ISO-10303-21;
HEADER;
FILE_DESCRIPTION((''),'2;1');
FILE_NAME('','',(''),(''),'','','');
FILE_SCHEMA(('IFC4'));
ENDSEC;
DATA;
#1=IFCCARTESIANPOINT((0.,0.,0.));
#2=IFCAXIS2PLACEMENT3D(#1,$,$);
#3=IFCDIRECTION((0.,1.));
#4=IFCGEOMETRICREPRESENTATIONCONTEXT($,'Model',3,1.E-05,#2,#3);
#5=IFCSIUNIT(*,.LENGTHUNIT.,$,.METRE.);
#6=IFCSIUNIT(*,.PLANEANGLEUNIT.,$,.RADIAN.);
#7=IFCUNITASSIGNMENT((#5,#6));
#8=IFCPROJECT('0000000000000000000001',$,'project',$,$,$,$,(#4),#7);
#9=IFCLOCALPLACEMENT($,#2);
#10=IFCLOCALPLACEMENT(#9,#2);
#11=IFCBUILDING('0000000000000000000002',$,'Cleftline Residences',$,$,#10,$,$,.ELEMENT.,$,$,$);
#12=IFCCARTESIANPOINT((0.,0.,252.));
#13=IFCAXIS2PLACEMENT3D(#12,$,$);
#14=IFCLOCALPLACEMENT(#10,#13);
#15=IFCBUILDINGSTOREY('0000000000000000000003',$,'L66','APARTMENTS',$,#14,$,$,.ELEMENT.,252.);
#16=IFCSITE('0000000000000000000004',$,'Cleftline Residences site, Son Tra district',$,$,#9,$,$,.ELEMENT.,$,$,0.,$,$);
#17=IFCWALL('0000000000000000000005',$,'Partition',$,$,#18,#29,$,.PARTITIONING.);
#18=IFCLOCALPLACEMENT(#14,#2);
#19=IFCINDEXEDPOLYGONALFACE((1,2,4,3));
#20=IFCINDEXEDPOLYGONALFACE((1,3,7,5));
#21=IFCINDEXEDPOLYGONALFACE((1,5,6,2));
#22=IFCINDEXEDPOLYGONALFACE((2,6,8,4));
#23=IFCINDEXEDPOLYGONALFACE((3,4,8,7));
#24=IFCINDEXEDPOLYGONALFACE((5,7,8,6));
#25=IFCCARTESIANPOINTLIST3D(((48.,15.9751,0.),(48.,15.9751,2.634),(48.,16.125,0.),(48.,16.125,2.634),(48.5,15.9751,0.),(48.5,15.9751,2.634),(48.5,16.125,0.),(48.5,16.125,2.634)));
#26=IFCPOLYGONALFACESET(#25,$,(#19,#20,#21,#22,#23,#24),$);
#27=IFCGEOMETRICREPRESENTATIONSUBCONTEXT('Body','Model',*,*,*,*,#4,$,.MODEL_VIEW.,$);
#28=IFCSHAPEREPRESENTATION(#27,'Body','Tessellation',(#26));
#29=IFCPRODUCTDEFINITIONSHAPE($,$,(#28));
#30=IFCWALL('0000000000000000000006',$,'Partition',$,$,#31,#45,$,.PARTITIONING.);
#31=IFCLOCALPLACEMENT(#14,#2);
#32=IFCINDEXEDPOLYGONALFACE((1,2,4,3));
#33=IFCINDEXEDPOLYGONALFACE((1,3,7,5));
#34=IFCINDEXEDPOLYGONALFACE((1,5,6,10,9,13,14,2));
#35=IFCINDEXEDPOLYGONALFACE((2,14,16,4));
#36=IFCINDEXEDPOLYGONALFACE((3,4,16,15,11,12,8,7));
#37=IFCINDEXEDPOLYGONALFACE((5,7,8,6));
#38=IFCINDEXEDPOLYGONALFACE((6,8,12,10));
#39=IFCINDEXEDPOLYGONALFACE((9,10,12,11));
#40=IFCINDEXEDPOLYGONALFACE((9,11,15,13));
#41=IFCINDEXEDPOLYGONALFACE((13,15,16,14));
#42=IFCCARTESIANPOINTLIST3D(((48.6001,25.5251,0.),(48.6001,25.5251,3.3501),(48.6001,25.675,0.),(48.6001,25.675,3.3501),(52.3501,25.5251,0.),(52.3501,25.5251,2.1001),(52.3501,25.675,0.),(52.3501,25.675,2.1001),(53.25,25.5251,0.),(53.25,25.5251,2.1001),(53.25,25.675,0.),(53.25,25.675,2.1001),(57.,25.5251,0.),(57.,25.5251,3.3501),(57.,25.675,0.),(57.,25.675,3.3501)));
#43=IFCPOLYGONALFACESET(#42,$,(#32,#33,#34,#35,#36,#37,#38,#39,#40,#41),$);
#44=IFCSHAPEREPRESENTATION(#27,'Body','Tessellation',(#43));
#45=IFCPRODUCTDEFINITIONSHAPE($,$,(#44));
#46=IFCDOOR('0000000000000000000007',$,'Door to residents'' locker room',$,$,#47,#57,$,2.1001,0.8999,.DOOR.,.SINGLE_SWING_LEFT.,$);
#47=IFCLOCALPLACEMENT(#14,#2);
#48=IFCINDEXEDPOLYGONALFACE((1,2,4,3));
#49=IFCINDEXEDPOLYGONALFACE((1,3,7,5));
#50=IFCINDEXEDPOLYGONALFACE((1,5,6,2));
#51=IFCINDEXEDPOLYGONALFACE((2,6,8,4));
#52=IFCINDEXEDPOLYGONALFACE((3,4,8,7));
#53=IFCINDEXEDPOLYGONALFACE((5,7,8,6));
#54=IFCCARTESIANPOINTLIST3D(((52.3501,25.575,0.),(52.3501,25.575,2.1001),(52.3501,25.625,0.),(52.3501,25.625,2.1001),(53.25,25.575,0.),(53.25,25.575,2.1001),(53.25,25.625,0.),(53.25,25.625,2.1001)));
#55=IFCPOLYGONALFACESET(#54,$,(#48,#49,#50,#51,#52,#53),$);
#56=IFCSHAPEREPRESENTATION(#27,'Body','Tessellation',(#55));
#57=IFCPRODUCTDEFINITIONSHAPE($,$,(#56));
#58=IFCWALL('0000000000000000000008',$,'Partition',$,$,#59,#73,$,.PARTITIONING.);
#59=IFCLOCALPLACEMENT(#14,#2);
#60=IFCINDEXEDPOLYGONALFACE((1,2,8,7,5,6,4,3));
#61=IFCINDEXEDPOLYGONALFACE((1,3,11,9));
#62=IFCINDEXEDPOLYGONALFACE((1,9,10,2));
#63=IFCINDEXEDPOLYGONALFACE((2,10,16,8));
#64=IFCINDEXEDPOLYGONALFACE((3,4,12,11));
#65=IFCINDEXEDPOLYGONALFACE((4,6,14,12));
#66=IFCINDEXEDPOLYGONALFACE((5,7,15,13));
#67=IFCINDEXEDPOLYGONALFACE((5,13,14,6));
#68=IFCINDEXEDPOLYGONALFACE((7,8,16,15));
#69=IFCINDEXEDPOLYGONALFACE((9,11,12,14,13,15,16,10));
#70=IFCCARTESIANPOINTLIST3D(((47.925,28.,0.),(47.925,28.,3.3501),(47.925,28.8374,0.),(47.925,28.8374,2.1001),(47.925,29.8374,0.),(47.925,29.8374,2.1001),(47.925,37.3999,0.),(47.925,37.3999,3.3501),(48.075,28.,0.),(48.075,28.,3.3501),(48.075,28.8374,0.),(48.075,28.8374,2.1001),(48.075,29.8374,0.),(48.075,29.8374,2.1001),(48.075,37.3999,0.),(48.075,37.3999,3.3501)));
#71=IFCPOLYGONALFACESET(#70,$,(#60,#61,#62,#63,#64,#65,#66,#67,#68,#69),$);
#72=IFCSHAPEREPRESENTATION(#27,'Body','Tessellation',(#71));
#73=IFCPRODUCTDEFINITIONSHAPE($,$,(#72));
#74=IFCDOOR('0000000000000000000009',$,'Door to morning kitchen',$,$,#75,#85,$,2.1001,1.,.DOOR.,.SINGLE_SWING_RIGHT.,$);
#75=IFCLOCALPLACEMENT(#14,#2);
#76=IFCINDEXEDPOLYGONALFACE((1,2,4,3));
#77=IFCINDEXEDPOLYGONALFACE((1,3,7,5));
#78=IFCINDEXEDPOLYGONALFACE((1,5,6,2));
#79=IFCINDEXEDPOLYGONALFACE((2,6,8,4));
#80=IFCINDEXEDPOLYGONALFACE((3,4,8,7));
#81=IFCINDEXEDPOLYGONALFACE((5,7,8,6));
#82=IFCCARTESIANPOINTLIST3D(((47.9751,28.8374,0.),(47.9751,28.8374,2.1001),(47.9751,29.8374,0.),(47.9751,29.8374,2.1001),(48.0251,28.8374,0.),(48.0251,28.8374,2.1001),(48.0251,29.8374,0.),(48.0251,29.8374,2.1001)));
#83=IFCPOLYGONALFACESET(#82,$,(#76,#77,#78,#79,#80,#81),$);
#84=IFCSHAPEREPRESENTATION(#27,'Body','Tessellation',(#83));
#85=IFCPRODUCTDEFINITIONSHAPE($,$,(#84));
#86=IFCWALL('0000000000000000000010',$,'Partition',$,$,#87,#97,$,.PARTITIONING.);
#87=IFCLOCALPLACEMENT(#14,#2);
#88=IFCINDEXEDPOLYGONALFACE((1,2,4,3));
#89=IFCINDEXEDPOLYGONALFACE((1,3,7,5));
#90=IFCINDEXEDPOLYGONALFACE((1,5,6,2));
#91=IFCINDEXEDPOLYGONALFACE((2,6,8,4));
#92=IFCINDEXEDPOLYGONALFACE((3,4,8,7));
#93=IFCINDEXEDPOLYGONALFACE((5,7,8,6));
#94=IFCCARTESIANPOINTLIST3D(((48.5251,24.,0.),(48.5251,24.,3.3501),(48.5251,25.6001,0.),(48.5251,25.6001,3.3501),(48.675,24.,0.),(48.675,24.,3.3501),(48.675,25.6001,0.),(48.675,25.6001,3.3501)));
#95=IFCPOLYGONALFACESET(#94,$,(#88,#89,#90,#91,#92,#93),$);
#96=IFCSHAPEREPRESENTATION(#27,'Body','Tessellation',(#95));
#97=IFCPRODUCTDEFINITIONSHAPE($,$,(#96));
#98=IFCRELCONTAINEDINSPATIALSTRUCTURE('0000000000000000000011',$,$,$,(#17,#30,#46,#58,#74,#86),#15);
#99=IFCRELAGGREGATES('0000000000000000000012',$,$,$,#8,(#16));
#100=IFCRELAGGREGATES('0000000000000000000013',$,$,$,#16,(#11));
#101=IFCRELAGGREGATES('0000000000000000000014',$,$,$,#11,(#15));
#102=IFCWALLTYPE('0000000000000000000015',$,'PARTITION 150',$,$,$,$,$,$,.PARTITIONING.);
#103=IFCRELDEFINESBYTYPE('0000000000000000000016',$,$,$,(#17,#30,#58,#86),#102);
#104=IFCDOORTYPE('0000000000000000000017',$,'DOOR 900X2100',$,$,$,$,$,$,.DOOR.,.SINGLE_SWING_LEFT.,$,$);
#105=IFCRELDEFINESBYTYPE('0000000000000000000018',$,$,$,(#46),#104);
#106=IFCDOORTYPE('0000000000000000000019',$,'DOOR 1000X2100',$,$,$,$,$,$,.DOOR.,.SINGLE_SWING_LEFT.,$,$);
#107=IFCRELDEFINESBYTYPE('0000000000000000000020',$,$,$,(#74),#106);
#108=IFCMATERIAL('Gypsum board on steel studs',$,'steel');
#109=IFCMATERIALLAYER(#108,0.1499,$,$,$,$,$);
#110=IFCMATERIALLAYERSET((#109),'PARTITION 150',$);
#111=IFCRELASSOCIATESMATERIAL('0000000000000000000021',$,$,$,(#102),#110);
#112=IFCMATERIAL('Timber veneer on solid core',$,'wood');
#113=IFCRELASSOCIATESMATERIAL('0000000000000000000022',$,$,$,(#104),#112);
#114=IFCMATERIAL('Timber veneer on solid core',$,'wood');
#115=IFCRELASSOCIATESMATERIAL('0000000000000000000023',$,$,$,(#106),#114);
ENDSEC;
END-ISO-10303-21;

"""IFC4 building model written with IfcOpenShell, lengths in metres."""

from ifc_helpers import new_model, si_unit, direction, frame, frame_2d, origin, place, context, subcontext, project, spatial, rectangle, extrude, material, layer, layer_set, type_object, element, fill, save


model = new_model("IFC4")

# Units and contexts
model_context = context("Model", 3, precision=1e-05, world=origin(), true_north=direction((0.0, 1.0)))
body_context = subcontext(model_context, "Body", "Model", "MODEL_VIEW")
ifc_project = project(units=[si_unit("LENGTHUNIT", "METRE"), si_unit("PLANEANGLEUNIT", "RADIAN")], contexts=[model_context])

# Site, building, storey
site_placement = place(None, origin())
site = spatial("IfcSite", under=ifc_project, at=site_placement, Name="Cleftline Residences site, Son Tra district", CompositionType="ELEMENT", RefElevation=0.0)
building_placement = place(site_placement, origin())
building = spatial("IfcBuilding", under=site, at=building_placement, Name="Cleftline Residences", CompositionType="ELEMENT")
storey_placement = place(building_placement, frame((0.0, 0.0, 252.0)))
storey = spatial("IfcBuildingStorey", under=building, at=storey_placement, Name="L66", Description="APARTMENTS", CompositionType="ELEMENT", Elevation=252.0)

# Wall
ifc_material_1 = material(Name="Gypsum board on steel studs", Category="steel")
ifc_layer_1 = layer(ifc_material_1, 0.1499)
ifc_layer_set_1 = layer_set([ifc_layer_1], Name="PARTITION 150")
wall_type_1 = type_object("IfcWallType", Name="PARTITION 150", PredefinedType="PARTITIONING", material=ifc_layer_set_1)
wall_1_placement = place(storey_placement, frame((48.0, 16.05, 0.0), z_axis=(0.0, 0.0, 1.0), x_axis=(1.0, 0.0, 0.0)))
element("IfcWall", 1, at=wall_1_placement, inside=storey, type_object=wall_type_1, Name="Partition", PredefinedType="PARTITIONING", context=body_context, shape_type="SweptSolid", body=[
    extrude(rectangle(XDim=0.5, YDim=0.1499, at=frame_2d((0.25, 0.0))), origin(), (0.0, 0.0, 1.0), 2.634),
])

# Walls, openings, doors
wall_2_placement = place(storey_placement, frame((48.6001, 25.6001, 0.0), z_axis=(0.0, 0.0, 1.0), x_axis=(1.0, 0.0, 0.0)))
wall_2 = element("IfcWall", 2, at=wall_2_placement, inside=storey, type_object=wall_type_1, Name="Partition", PredefinedType="PARTITIONING", context=body_context, shape_type="SweptSolid", body=[
    extrude(rectangle(XDim=8.3999, YDim=0.1499, at=frame_2d((4.2, 0.0))), origin(), (0.0, 0.0, 1.0), 3.3501),
])
opening_1_placement = place(wall_2_placement, frame((3.75, 0.0, 0.0)))
opening_1 = element("IfcOpeningElement", 3, at=opening_1_placement, cuts=wall_2, PredefinedType="OPENING", context=body_context, shape_type="SweptSolid", body=[
    extrude(rectangle(XDim=0.8999, YDim=2.1001, at=frame_2d((0.45, 1.05))), frame((0.0, 0.085, 0.0), z_axis=(0.0, -1.0, 0.0), x_axis=(1.0, 0.0, 0.0)), (0.0, 0.0, 1.0), 0.1699),
])
ifc_material_2 = material(Name="Timber veneer on solid core", Category="wood")
door_type_1 = type_object("IfcDoorType", Name="DOOR 900X2100", OperationType="SINGLE_SWING_LEFT", PredefinedType="DOOR", material=ifc_material_2)
door_1_placement = place(opening_1_placement, origin())
door_1 = element("IfcDoor", 4, at=door_1_placement, inside=storey, type_object=door_type_1, Name="Door to residents' locker room", OperationType="SINGLE_SWING_LEFT", OverallHeight=2.1001, OverallWidth=0.8999, PredefinedType="DOOR", context=body_context, shape_type="SweptSolid", body=[
    extrude(rectangle(XDim=0.8999, YDim=2.1001, at=frame_2d((0.45, 1.05))), frame((0.0, 0.0249, 0.0), z_axis=(0.0, -1.0, 0.0), x_axis=(1.0, 0.0, 0.0)), (0.0, 0.0, 1.0), 0.05),
])
fill(opening_1, door_1)
wall_3_placement = place(storey_placement, frame((48.0, 28.0, 0.0), z_axis=(0.0, 0.0, 1.0), x_axis=(0.0, 1.0, 0.0)))
wall_3 = element("IfcWall", 5, at=wall_3_placement, inside=storey, type_object=wall_type_1, Name="Partition", PredefinedType="PARTITIONING", context=body_context, shape_type="SweptSolid", body=[
    extrude(rectangle(XDim=9.3999, YDim=0.1499, at=frame_2d((4.7, 0.0))), origin(), (0.0, 0.0, 1.0), 3.3501),
])
opening_2_placement = place(wall_3_placement, frame((0.8374, 0.0, 0.0)))
opening_2 = element("IfcOpeningElement", 6, at=opening_2_placement, cuts=wall_3, PredefinedType="OPENING", context=body_context, shape_type="SweptSolid", body=[
    extrude(rectangle(XDim=1.0, YDim=2.1001, at=frame_2d((0.5, 1.05))), frame((0.0, 0.085, 0.0), z_axis=(0.0, -1.0, 0.0), x_axis=(1.0, 0.0, 0.0)), (0.0, 0.0, 1.0), 0.1699),
])
ifc_material_3 = material(Name="Timber veneer on solid core", Category="wood")
door_type_2 = type_object("IfcDoorType", Name="DOOR 1000X2100", OperationType="SINGLE_SWING_LEFT", PredefinedType="DOOR", material=ifc_material_3)
door_2_placement = place(opening_2_placement, origin())
door_2 = element("IfcDoor", 7, at=door_2_placement, inside=storey, type_object=door_type_2, Name="Door to morning kitchen", OperationType="SINGLE_SWING_RIGHT", OverallHeight=2.1001, OverallWidth=1.0, PredefinedType="DOOR", context=body_context, shape_type="SweptSolid", body=[
    extrude(rectangle(XDim=1.0, YDim=2.1001, at=frame_2d((0.5, 1.05))), frame((0.0, 0.0249, 0.0), z_axis=(0.0, -1.0, 0.0), x_axis=(1.0, 0.0, 0.0)), (0.0, 0.0, 1.0), 0.05),
])
fill(opening_2, door_2)

# Wall
wall_4_placement = place(storey_placement, frame((48.6001, 24.0, 0.0), z_axis=(0.0, 0.0, 1.0), x_axis=(0.0, 1.0, 0.0)))
element("IfcWall", 8, at=wall_4_placement, inside=storey, type_object=wall_type_1, Name="Partition", PredefinedType="PARTITIONING", context=body_context, shape_type="SweptSolid", body=[
    extrude(rectangle(XDim=1.6001, YDim=0.1499, at=frame_2d((0.8, 0.0))), origin(), (0.0, 0.0, 1.0), 3.3501),
])

save(model, "model.ifc")
